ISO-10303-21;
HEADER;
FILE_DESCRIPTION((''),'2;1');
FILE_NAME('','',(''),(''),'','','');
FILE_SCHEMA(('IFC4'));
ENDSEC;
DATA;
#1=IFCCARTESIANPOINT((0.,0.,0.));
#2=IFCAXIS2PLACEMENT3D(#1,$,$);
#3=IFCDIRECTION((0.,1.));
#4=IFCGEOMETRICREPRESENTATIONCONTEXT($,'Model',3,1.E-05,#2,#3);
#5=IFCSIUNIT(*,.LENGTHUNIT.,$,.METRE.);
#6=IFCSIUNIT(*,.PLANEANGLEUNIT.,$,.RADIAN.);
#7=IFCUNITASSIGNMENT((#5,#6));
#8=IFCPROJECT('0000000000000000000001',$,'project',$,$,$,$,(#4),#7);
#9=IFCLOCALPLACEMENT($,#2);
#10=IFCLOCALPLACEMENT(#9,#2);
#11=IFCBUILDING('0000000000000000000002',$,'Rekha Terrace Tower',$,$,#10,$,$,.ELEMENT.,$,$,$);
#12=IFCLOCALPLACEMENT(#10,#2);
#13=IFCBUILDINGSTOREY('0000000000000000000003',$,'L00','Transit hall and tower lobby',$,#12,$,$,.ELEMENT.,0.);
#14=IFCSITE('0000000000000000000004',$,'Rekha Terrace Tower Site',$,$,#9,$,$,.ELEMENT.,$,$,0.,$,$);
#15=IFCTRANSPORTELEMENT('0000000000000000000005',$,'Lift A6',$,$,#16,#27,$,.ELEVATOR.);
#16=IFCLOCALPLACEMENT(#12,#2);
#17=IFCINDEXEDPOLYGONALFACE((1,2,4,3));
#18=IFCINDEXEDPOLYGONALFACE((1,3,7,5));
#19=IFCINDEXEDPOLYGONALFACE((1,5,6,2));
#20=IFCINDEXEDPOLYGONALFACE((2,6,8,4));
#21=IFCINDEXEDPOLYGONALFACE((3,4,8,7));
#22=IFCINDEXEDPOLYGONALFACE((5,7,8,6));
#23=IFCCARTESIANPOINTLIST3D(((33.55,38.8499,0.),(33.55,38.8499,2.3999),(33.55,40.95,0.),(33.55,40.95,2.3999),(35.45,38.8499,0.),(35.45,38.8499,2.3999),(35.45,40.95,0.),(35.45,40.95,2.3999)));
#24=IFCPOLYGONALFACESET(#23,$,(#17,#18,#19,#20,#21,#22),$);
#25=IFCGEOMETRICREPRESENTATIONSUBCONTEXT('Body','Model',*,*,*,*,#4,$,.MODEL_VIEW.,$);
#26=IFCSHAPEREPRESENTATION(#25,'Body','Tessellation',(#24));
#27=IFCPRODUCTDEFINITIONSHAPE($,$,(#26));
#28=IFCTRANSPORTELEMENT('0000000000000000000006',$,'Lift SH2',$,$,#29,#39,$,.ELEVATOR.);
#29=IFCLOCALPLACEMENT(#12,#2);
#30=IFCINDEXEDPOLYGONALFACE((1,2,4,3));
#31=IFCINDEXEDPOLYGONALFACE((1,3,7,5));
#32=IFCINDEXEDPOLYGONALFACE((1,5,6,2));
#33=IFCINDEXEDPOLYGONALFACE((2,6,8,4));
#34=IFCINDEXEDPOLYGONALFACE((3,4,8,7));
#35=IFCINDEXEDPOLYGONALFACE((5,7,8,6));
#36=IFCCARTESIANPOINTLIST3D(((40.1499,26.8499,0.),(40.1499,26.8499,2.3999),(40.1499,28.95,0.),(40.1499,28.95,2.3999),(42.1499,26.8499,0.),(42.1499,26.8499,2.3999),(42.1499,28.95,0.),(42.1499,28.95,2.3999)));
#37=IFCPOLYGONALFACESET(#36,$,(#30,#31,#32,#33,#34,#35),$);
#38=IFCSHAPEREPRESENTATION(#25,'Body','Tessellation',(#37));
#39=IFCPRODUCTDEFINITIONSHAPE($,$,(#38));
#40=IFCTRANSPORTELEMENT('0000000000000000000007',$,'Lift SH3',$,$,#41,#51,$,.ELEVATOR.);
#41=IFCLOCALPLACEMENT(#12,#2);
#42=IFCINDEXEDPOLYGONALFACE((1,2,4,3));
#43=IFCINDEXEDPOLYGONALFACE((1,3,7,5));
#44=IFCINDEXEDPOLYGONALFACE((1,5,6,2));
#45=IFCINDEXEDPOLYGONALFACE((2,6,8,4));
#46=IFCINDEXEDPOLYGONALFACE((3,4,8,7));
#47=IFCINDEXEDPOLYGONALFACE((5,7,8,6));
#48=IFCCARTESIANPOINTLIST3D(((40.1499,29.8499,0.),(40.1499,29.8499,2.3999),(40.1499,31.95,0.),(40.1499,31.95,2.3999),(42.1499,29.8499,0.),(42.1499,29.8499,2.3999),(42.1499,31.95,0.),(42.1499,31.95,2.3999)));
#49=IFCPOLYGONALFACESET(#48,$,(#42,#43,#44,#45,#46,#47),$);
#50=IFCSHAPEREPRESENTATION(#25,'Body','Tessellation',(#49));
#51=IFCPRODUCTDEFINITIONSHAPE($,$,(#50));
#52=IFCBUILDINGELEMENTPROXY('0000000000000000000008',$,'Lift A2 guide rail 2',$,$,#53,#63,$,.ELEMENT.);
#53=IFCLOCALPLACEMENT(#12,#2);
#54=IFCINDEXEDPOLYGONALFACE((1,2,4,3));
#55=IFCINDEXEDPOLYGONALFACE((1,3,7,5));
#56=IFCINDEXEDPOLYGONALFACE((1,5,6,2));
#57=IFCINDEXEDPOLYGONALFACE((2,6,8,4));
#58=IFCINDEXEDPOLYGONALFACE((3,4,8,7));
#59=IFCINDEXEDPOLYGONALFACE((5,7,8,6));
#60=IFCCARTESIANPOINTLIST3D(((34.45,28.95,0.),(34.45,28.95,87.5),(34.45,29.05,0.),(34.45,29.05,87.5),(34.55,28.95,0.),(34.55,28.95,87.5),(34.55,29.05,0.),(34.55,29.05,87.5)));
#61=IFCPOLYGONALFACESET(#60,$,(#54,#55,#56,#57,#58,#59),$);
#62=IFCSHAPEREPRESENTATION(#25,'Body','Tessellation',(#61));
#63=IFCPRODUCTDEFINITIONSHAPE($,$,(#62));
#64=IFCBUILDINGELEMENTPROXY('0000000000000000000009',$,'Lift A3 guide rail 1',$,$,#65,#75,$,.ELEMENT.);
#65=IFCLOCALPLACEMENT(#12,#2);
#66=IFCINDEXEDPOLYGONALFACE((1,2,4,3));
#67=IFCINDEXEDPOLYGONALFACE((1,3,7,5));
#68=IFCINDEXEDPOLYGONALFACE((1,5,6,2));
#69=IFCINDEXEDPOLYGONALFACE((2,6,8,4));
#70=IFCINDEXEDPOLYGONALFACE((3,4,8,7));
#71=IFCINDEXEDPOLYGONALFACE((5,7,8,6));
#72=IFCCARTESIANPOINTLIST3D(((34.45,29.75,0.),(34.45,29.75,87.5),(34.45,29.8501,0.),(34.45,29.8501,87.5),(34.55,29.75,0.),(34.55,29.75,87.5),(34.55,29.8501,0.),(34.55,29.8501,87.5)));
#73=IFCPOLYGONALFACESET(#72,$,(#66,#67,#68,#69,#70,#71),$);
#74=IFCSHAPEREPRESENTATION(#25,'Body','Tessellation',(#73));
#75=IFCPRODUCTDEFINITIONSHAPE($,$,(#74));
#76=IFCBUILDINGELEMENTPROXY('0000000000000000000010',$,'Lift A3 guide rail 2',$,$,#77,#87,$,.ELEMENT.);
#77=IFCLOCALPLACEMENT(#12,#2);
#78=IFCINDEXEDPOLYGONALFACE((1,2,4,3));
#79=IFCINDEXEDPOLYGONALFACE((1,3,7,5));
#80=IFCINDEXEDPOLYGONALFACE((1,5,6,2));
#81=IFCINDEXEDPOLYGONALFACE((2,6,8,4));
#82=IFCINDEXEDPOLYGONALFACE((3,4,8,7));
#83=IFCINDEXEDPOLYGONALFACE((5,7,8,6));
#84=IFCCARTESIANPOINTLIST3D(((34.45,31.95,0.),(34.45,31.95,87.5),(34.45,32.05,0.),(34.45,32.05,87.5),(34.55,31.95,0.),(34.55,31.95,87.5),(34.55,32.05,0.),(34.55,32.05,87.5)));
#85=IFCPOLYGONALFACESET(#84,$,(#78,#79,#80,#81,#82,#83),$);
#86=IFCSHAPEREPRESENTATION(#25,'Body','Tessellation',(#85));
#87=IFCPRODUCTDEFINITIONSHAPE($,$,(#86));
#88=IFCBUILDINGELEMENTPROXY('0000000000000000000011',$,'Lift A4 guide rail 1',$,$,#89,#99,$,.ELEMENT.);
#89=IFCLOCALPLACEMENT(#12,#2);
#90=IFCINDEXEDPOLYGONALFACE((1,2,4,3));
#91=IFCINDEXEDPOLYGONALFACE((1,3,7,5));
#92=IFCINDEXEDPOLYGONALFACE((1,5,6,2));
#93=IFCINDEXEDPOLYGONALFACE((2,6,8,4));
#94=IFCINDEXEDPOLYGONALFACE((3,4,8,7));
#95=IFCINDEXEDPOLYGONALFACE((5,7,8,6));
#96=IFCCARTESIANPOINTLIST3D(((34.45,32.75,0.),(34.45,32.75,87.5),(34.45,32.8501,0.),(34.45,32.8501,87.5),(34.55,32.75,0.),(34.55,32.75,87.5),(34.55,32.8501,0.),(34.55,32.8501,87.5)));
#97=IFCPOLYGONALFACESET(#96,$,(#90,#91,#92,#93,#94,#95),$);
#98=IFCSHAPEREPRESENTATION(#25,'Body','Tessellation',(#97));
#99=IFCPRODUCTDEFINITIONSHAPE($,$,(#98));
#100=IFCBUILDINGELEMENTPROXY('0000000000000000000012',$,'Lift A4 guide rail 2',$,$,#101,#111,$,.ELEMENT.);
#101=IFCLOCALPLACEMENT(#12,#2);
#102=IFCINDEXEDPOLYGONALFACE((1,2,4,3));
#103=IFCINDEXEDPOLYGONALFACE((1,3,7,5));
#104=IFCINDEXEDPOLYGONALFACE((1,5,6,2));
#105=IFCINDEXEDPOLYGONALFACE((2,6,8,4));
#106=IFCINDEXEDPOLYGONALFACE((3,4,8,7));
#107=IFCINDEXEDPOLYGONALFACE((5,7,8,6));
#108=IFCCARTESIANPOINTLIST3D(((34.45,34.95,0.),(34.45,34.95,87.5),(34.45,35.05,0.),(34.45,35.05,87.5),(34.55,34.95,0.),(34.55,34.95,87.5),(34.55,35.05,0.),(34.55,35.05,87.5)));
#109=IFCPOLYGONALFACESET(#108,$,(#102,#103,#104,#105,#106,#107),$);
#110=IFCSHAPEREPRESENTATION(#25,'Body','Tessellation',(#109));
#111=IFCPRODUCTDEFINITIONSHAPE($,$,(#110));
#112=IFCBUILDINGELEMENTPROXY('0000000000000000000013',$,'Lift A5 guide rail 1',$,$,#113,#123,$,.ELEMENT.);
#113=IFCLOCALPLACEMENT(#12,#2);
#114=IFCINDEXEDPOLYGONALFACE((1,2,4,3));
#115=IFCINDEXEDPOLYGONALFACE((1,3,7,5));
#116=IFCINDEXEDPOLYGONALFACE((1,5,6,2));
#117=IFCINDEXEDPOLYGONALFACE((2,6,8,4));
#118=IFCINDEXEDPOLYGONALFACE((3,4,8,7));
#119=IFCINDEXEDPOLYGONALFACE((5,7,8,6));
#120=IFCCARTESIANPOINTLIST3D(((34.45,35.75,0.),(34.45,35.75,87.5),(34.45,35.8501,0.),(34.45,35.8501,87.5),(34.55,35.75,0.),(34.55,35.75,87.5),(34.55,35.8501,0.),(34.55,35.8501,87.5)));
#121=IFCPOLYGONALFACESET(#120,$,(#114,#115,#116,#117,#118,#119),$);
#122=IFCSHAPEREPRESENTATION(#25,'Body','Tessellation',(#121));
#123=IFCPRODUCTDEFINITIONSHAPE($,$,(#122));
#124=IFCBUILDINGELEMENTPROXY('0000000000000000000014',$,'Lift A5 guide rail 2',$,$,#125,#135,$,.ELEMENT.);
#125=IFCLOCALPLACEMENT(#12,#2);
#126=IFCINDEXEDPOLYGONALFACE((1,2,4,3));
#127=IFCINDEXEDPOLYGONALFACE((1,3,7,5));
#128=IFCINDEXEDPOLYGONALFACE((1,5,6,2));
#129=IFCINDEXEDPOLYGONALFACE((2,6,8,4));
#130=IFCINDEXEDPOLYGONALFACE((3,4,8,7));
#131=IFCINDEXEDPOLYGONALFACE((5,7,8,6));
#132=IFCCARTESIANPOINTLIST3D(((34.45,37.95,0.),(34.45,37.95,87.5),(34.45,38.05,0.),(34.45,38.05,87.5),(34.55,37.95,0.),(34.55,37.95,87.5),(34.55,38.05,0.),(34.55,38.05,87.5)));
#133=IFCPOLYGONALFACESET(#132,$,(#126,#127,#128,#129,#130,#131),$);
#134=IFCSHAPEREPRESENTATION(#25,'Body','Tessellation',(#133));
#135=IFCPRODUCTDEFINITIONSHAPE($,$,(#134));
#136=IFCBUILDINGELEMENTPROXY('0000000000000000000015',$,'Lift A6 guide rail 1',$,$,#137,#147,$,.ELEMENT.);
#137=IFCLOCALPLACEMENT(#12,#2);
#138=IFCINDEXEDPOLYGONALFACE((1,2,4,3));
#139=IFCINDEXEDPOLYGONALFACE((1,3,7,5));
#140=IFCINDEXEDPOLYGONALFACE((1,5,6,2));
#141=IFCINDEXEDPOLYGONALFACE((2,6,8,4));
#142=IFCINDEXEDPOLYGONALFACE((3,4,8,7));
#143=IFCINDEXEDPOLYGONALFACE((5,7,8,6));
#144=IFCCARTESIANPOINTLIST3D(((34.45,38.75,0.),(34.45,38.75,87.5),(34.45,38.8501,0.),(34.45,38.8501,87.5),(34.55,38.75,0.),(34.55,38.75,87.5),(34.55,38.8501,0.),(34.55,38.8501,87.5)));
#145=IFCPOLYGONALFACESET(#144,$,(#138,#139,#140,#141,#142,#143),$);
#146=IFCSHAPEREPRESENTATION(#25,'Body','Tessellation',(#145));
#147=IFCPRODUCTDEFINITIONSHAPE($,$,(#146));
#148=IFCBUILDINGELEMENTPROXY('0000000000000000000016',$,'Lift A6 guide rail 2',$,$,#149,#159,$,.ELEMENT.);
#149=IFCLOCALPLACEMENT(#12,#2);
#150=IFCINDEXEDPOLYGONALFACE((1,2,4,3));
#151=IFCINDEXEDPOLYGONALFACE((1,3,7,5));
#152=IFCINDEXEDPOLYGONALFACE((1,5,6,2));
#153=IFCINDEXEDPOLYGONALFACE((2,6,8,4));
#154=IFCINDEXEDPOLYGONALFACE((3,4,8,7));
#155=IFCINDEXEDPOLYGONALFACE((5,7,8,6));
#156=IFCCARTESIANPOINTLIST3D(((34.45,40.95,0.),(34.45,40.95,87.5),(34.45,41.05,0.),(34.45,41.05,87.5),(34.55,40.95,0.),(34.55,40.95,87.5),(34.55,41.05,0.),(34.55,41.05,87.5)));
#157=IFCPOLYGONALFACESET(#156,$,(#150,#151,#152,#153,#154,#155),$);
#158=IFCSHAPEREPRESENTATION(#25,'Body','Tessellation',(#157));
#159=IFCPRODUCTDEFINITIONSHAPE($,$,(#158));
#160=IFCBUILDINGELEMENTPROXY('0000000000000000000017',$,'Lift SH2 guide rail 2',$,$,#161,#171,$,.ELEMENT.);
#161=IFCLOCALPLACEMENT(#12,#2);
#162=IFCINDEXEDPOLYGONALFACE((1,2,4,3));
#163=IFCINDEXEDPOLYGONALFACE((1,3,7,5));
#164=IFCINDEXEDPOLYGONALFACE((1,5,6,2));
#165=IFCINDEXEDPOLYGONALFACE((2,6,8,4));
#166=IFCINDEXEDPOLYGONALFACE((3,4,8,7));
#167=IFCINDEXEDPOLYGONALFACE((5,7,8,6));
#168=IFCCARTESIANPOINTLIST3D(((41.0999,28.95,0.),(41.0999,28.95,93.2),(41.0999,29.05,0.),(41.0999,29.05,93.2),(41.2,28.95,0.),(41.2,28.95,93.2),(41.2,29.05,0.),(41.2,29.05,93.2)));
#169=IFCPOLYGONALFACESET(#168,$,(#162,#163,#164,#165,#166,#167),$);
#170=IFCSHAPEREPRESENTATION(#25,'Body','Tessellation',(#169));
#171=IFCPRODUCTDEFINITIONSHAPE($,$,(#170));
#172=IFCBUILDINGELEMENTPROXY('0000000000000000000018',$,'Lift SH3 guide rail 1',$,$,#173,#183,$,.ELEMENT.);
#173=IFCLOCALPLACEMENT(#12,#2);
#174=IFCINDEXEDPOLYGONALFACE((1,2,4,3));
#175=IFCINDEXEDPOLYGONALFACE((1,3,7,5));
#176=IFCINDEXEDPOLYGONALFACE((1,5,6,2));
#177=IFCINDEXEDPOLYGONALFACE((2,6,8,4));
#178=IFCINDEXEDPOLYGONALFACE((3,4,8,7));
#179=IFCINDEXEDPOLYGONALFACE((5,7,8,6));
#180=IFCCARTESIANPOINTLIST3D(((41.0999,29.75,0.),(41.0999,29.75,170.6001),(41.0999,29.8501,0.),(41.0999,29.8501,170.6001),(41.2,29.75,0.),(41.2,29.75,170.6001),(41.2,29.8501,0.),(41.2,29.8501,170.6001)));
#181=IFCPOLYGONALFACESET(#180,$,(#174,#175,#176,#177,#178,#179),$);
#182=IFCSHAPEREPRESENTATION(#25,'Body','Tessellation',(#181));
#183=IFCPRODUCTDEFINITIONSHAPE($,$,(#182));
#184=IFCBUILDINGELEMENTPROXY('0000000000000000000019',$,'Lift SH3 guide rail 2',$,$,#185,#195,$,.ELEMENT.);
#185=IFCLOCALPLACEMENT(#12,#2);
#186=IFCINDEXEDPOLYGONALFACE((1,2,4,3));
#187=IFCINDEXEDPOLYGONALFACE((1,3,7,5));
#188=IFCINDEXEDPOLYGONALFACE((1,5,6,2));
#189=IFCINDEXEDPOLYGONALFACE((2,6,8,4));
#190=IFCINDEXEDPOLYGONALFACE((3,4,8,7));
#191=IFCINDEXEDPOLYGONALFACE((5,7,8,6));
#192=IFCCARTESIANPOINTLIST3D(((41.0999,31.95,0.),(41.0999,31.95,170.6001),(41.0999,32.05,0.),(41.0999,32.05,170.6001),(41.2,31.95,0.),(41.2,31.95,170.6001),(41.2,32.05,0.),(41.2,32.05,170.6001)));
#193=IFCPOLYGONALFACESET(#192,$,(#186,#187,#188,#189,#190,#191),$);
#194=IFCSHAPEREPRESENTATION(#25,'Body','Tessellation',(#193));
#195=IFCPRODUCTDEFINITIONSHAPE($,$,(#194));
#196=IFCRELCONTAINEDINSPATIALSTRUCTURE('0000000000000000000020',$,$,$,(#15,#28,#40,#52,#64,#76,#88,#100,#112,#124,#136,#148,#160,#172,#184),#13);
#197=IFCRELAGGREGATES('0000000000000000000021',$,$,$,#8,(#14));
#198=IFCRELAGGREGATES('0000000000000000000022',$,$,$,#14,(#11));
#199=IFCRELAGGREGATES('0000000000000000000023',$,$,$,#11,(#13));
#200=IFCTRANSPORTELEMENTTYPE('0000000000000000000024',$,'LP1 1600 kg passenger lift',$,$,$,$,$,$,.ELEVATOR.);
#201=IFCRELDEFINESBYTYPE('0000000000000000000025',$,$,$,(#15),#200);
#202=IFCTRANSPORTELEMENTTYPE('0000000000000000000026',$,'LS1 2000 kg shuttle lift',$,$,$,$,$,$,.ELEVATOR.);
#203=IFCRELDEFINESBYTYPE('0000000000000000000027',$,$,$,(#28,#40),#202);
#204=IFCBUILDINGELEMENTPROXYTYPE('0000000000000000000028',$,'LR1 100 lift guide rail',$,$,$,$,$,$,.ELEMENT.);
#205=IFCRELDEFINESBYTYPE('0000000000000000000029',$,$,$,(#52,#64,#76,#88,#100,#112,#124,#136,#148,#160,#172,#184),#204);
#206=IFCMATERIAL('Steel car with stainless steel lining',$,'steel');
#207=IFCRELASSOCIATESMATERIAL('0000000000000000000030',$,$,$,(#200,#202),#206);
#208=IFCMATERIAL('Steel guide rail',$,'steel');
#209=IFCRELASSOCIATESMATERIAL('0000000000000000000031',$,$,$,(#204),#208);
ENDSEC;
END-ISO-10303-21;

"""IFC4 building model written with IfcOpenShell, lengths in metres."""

from ifc_helpers import new_model, si_unit, direction, frame, origin, origin_2d, place, context, subcontext, project, spatial, rectangle, extrude, material, type_object, element, save


model = new_model("IFC4")

# Units and contexts
model_context = context("Model", 3, precision=1e-05, world=origin(), true_north=direction((0.0, 1.0)))
body_context = subcontext(model_context, "Body", "Model", "MODEL_VIEW")
ifc_project = project(units=[si_unit("LENGTHUNIT", "METRE"), si_unit("PLANEANGLEUNIT", "RADIAN")], contexts=[model_context])

# Site, building, storey
site_placement = place(None, origin())
site = spatial("IfcSite", under=ifc_project, at=site_placement, Name="Rekha Terrace Tower Site", CompositionType="ELEMENT", RefElevation=0.0)
building_placement = place(site_placement, origin())
building = spatial("IfcBuilding", under=site, at=building_placement, Name="Rekha Terrace Tower", CompositionType="ELEMENT")
storey_placement = place(building_placement, origin())
storey = spatial("IfcBuildingStorey", under=building, at=storey_placement, Name="L00", Description="Transit hall and tower lobby", CompositionType="ELEMENT", Elevation=0.0)

# Transport elements
ifc_material_1 = material(Name="Steel car with stainless steel lining", Category="steel")
transport_element_type_1 = type_object("IfcTransportElementType", Name="LP1 1600 kg passenger lift", PredefinedType="ELEVATOR", material=ifc_material_1)
for number, where, z_axis, x_axis, name in (
    (1, (34.5, 39.8999, 0.0), (0.0, 0.0, 1.0), (1.0, 0.0, 0.0), "Lift A6"),
):
    element("IfcTransportElement", number, at=place(storey_placement, frame(where, z_axis=z_axis, x_axis=x_axis)), inside=storey, type_object=transport_element_type_1, Name=name, PredefinedType="ELEVATOR", context=body_context, shape_type="SweptSolid", body=[
        extrude(rectangle(XDim=1.8999, YDim=2.1001, at=origin_2d()), origin(), (0.0, 0.0, 1.0), 2.3999),
    ])
transport_element_type_2 = type_object("IfcTransportElementType", Name="LS1 2000 kg shuttle lift", PredefinedType="ELEVATOR", material=ifc_material_1)
for number, where, z_axis, x_axis, name in (
    (2, (41.1499, 27.8999, 0.0), (0.0, 0.0, 1.0), (1.0, 0.0, 0.0), "Lift SH2"),
    (3, (41.1499, 30.8999, 0.0), (0.0, 0.0, 1.0), (1.0, 0.0, 0.0), "Lift SH3"),
):
    element("IfcTransportElement", number, at=place(storey_placement, frame(where, z_axis=z_axis, x_axis=x_axis)), inside=storey, type_object=transport_element_type_2, Name=name, PredefinedType="ELEVATOR", context=body_context, shape_type="SweptSolid", body=[
        extrude(rectangle(XDim=2.0, YDim=2.1001, at=origin_2d()), origin(), (0.0, 0.0, 1.0), 2.3999),
    ])

# Building element proxies
ifc_material_2 = material(Name="Steel guide rail", Category="steel")
building_element_proxy_type = type_object("IfcBuildingElementProxyType", Name="LR1 100 lift guide rail", PredefinedType="ELEMENT", material=ifc_material_2)
for number, where, z_axis, x_axis, name in (
    (4, (34.5, 29.0, 0.0), (0.0, 0.0, 1.0), (1.0, 0.0, 0.0), "Lift A2 guide rail 2"),
    (5, (34.5, 29.8, 0.0), (0.0, 0.0, 1.0), (1.0, 0.0, 0.0), "Lift A3 guide rail 1"),
    (6, (34.5, 32.0, 0.0), (0.0, 0.0, 1.0), (1.0, 0.0, 0.0), "Lift A3 guide rail 2"),
    (7, (34.5, 32.8, 0.0), (0.0, 0.0, 1.0), (1.0, 0.0, 0.0), "Lift A4 guide rail 1"),
    (8, (34.5, 35.0, 0.0), (0.0, 0.0, 1.0), (1.0, 0.0, 0.0), "Lift A4 guide rail 2"),
    (9, (34.5, 35.8, 0.0), (0.0, 0.0, 1.0), (1.0, 0.0, 0.0), "Lift A5 guide rail 1"),
    (10, (34.5, 38.0, 0.0), (0.0, 0.0, 1.0), (1.0, 0.0, 0.0), "Lift A5 guide rail 2"),
    (11, (34.5, 38.8, 0.0), (0.0, 0.0, 1.0), (1.0, 0.0, 0.0), "Lift A6 guide rail 1"),
    (12, (34.5, 41.0, 0.0), (0.0, 0.0, 1.0), (1.0, 0.0, 0.0), "Lift A6 guide rail 2"),
):
    element("IfcBuildingElementProxy", number, at=place(storey_placement, frame(where, z_axis=z_axis, x_axis=x_axis)), inside=storey, type_object=building_element_proxy_type, Name=name, PredefinedType="ELEMENT", context=body_context, shape_type="SweptSolid", body=[
        extrude(rectangle(XDim=0.1001, YDim=0.1001, at=origin_2d()), origin(), (0.0, 0.0, 1.0), 87.5),
    ])
proxy_placement = place(storey_placement, frame((41.1499, 29.0, 0.0), z_axis=(0.0, 0.0, 1.0), x_axis=(1.0, 0.0, 0.0)))
element("IfcBuildingElementProxy", 13, at=proxy_placement, inside=storey, type_object=building_element_proxy_type, Name="Lift SH2 guide rail 2", PredefinedType="ELEMENT", context=body_context, shape_type="SweptSolid", body=[
    extrude(rectangle(XDim=0.1001, YDim=0.1001, at=origin_2d()), origin(), (0.0, 0.0, 1.0), 93.2),
])
for number, where, z_axis, x_axis, name in (
    (14, (41.1499, 29.8, 0.0), (0.0, 0.0, 1.0), (1.0, 0.0, 0.0), "Lift SH3 guide rail 1"),
    (15, (41.1499, 32.0, 0.0), (0.0, 0.0, 1.0), (1.0, 0.0, 0.0), "Lift SH3 guide rail 2"),
):
    element("IfcBuildingElementProxy", number, at=place(storey_placement, frame(where, z_axis=z_axis, x_axis=x_axis)), inside=storey, type_object=building_element_proxy_type, Name=name, PredefinedType="ELEMENT", context=body_context, shape_type="SweptSolid", body=[
        extrude(rectangle(XDim=0.1001, YDim=0.1001, at=origin_2d()), origin(), (0.0, 0.0, 1.0), 170.6001),
    ])

save(model, "model.ifc")
